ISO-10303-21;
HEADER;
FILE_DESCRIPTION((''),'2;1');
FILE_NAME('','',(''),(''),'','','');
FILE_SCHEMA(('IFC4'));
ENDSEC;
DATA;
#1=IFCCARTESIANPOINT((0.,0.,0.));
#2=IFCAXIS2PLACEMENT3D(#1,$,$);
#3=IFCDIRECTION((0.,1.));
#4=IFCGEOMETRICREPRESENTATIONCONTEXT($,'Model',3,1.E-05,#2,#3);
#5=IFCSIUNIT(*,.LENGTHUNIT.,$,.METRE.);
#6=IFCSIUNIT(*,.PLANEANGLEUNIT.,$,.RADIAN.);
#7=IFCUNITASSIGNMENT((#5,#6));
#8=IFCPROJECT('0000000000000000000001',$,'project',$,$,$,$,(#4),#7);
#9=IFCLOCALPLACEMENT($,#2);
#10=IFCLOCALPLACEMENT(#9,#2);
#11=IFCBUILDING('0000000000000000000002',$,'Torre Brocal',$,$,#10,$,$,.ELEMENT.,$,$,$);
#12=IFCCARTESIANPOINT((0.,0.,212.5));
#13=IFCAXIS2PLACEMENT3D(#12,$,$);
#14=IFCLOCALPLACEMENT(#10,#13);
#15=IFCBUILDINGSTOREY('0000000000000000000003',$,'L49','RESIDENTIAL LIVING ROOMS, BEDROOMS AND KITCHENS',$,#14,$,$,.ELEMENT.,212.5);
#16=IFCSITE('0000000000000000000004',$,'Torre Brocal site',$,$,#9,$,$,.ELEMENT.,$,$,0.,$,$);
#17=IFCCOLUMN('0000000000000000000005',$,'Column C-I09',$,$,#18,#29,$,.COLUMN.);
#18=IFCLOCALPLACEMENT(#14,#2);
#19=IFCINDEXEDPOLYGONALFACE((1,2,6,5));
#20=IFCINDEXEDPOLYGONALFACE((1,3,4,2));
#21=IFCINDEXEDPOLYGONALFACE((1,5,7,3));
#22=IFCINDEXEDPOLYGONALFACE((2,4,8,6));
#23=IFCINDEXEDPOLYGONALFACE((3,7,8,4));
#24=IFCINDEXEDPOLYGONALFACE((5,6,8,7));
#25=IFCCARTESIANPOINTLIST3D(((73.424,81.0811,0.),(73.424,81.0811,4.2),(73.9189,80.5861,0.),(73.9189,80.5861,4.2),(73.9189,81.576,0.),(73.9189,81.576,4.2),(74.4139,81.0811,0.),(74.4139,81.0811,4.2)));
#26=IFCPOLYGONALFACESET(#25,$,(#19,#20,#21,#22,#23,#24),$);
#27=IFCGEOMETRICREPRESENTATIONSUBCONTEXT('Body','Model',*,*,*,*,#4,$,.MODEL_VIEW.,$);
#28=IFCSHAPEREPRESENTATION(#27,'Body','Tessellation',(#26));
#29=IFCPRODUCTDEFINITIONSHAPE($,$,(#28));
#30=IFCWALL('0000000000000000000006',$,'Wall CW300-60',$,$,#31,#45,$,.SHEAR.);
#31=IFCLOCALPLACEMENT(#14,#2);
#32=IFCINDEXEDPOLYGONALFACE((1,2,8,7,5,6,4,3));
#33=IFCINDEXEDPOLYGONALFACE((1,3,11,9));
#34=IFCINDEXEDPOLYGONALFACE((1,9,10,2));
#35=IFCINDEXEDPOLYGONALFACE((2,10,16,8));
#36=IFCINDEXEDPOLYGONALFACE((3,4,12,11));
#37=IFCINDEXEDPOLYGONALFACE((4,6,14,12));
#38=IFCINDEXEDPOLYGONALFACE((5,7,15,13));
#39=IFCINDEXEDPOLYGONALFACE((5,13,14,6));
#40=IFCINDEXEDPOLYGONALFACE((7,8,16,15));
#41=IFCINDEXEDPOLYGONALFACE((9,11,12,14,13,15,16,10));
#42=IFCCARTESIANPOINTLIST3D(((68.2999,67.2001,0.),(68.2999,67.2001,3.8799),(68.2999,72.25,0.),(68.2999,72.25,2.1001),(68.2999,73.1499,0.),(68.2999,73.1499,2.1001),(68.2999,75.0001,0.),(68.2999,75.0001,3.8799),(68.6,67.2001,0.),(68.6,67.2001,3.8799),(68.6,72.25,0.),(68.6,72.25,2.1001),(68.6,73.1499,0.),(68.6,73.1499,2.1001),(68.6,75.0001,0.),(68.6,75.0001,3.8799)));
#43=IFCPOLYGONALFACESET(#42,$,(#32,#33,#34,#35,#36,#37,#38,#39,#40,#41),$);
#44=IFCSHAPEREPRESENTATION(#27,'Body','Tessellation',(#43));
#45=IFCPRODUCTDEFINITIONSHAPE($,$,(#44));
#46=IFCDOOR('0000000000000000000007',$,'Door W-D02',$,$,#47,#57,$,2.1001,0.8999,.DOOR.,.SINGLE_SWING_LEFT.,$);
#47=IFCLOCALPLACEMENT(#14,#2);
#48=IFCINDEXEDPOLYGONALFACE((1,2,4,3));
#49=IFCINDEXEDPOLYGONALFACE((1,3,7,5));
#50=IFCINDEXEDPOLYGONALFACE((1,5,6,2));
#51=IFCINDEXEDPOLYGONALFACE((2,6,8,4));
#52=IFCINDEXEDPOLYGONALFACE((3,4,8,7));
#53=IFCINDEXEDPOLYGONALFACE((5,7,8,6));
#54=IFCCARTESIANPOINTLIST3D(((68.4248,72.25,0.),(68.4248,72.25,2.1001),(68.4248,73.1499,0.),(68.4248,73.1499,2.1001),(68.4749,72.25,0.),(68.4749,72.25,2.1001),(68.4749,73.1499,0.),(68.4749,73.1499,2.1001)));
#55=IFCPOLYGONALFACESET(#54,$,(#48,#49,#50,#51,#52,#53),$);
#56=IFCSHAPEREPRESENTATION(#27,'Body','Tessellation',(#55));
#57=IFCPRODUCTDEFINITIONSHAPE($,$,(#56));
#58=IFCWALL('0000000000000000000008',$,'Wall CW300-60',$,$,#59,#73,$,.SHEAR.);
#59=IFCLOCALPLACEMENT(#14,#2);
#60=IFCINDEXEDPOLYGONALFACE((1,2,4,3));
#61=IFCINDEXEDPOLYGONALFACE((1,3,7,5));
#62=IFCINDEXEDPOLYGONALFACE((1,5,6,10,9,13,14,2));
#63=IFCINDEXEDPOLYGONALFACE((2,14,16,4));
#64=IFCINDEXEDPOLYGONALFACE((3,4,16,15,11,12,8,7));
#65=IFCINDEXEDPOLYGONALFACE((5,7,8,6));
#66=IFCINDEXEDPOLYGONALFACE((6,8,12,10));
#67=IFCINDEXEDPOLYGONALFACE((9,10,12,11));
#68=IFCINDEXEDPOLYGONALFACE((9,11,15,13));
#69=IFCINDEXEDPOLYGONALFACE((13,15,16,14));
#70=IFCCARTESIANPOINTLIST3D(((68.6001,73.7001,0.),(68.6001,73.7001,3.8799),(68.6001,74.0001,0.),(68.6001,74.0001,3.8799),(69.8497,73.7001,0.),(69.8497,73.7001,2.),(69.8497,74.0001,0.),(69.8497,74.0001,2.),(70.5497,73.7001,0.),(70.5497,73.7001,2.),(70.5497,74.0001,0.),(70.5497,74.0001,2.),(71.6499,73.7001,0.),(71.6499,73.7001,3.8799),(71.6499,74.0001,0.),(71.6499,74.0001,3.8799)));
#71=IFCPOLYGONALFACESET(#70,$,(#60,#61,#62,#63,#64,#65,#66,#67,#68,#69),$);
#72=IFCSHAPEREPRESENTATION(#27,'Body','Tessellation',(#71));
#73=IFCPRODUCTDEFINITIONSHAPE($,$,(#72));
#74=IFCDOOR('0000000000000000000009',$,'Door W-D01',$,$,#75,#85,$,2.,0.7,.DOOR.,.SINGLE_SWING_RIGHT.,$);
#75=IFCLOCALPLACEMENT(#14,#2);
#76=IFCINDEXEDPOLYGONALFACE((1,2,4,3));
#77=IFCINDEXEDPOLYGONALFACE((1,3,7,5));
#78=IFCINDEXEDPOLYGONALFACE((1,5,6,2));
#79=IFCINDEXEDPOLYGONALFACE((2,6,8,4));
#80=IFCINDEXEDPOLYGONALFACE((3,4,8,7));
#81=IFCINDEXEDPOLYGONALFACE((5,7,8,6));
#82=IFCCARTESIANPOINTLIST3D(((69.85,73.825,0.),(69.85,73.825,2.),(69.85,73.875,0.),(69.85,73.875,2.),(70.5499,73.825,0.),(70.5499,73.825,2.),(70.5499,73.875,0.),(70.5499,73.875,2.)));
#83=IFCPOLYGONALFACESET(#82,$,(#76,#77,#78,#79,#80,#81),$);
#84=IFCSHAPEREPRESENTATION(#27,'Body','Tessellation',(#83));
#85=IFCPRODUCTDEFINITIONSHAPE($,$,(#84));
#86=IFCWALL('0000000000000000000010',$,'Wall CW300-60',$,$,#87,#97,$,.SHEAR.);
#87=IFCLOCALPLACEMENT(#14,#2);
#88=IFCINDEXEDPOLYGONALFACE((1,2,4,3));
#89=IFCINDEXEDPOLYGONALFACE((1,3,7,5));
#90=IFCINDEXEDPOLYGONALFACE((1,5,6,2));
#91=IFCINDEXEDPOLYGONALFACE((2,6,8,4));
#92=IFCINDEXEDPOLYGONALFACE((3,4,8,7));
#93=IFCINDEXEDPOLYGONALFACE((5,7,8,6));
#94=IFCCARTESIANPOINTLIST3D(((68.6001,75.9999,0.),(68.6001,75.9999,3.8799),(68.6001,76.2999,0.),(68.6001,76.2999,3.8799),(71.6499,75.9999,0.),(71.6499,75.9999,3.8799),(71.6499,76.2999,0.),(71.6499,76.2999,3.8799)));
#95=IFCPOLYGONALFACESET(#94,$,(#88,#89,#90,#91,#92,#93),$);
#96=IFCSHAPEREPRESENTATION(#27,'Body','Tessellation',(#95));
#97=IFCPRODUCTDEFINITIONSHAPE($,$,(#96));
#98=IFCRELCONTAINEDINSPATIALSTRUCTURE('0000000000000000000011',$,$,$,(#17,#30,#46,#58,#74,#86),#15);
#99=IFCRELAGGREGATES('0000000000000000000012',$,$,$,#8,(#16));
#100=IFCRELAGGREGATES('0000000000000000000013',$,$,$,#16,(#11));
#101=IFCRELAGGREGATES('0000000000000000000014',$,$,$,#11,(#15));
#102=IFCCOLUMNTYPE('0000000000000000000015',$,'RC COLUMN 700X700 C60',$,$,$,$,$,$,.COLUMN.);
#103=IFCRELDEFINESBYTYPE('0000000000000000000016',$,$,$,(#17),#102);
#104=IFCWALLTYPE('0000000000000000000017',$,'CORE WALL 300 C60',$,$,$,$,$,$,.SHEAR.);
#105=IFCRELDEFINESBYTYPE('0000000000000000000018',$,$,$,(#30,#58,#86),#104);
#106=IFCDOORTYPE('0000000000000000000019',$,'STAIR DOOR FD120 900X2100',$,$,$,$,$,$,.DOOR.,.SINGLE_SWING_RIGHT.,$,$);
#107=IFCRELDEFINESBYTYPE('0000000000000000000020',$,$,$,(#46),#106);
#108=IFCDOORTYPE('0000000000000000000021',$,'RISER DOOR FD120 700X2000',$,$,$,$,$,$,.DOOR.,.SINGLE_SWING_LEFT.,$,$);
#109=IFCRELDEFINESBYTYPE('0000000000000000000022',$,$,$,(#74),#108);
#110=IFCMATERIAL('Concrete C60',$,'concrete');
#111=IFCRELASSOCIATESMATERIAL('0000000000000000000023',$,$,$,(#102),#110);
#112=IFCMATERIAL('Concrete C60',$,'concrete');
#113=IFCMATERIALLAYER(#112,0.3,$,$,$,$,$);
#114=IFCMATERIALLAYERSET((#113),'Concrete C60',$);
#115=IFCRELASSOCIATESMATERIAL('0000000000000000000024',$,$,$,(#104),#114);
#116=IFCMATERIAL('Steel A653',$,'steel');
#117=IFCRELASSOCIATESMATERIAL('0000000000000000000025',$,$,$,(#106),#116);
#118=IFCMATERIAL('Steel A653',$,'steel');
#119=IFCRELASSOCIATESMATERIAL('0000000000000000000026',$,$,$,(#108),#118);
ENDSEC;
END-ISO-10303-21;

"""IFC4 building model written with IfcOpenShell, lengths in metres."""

from ifc_helpers import new_model, si_unit, direction, frame, frame_2d, origin, origin_2d, place, context, subcontext, project, spatial, rectangle, extrude, material, layer, layer_set, material_profile, profile_set, type_object, element, fill, save


model = new_model("IFC4")

# Units and contexts
model_context = context("Model", 3, precision=1e-05, world=origin(), true_north=direction((0.0, 1.0)))
body_context = subcontext(model_context, "Body", "Model", "MODEL_VIEW")
ifc_project = project(units=[si_unit("LENGTHUNIT", "METRE"), si_unit("PLANEANGLEUNIT", "RADIAN")], contexts=[model_context])

# Site, building, storey
site_placement = place(None, origin())
site = spatial("IfcSite", under=ifc_project, at=site_placement, Name="Torre Brocal site", CompositionType="ELEMENT", RefElevation=0.0)
building_placement = place(site_placement, origin())
building = spatial("IfcBuilding", under=site, at=building_placement, Name="Torre Brocal", CompositionType="ELEMENT")
storey_placement = place(building_placement, frame((0.0, 0.0, 212.5)))
storey = spatial("IfcBuildingStorey", under=building, at=storey_placement, Name="L49", Description="RESIDENTIAL LIVING ROOMS, BEDROOMS AND KITCHENS", CompositionType="ELEMENT", Elevation=212.5)

# Column
ifc_material_1 = material(Name="Concrete C60", Category="concrete")
ifc_material_profile = material_profile(ifc_material_1, rectangle(XDim=0.7, YDim=0.7, at=origin_2d()), Name="RC 700X700")
ifc_profile_set = profile_set([ifc_material_profile], Name="Concrete C60")
column_type = type_object("IfcColumnType", Name="RC COLUMN 700X700 C60", PredefinedType="COLUMN", material=ifc_profile_set)
column_placement = place(storey_placement, frame((73.9189, 81.0811, 0.0), z_axis=(0.0, 0.0, 1.0), x_axis=(-0.707107, 0.707107, 0.0)))
element("IfcColumn", 1, at=column_placement, inside=storey, type_object=column_type, Name="Column C-I09", PredefinedType="COLUMN", context=body_context, shape_type="SweptSolid", body=[
    extrude(rectangle(XDim=0.7, YDim=0.7, at=origin_2d()), origin(), (0.0, 0.0, 1.0), 4.2),
])

# Walls, openings, doors
ifc_material_2 = material(Name="Concrete C60", Category="concrete")
ifc_layer_1 = layer(ifc_material_2, 0.3)
ifc_layer_set_1 = layer_set([ifc_layer_1], Name="Concrete C60")
wall_type_1 = type_object("IfcWallType", Name="CORE WALL 300 C60", PredefinedType="SHEAR", material=ifc_layer_set_1)
wall_1_placement = place(storey_placement, frame((68.45, 75.0, 0.0), z_axis=(0.0, 0.0, 1.0), x_axis=(0.0, -1.0, 0.0)))
wall_1 = element("IfcWall", 2, at=wall_1_placement, inside=storey, type_object=wall_type_1, Name="Wall CW300-60", PredefinedType="SHEAR", context=body_context, shape_type="SweptSolid", body=[
    extrude(rectangle(XDim=7.8, YDim=0.3, at=frame_2d((3.8999, 0.0))), origin(), (0.0, 0.0, 1.0), 3.8799),
])
opening_1_placement = place(wall_1_placement, frame((1.8501, 0.0, 0.0)))
opening_1 = element("IfcOpeningElement", 3, at=opening_1_placement, cuts=wall_1, PredefinedType="OPENING", context=body_context, shape_type="SweptSolid", body=[
    extrude(rectangle(XDim=0.8999, YDim=2.1001, at=frame_2d((0.45, 1.05))), frame((0.0, 0.1599, 0.0), z_axis=(0.0, -1.0, 0.0), x_axis=(1.0, 0.0, 0.0)), (0.0, 0.0, 1.0), 0.3201),
])
ifc_material_3 = material(Name="Steel A653", Category="steel")
door_type_1 = type_object("IfcDoorType", Name="STAIR DOOR FD120 900X2100", OperationType="SINGLE_SWING_RIGHT", PredefinedType="DOOR", material=ifc_material_3)
door_1_placement = place(opening_1_placement, origin())
door_1 = element("IfcDoor", 4, at=door_1_placement, inside=storey, type_object=door_type_1, Name="Door W-D02", OperationType="SINGLE_SWING_LEFT", OverallHeight=2.1001, OverallWidth=0.8999, PredefinedType="DOOR", context=body_context, shape_type="SweptSolid", body=[
    extrude(rectangle(XDim=0.8999, YDim=2.1001, at=frame_2d((0.45, 1.05))), frame((0.0, 0.0249, 0.0), z_axis=(0.0, -1.0, 0.0), x_axis=(1.0, 0.0, 0.0)), (0.0, 0.0, 1.0), 0.05),
])
fill(opening_1, door_1)
wall_2_placement = place(storey_placement, frame((71.6499, 73.8501, 0.0), z_axis=(0.0, 0.0, 1.0), x_axis=(-1.0, 0.0, 0.0)))
wall_2 = element("IfcWall", 5, at=wall_2_placement, inside=storey, type_object=wall_type_1, Name="Wall CW300-60", PredefinedType="SHEAR", context=body_context, shape_type="SweptSolid", body=[
    extrude(rectangle(XDim=3.0498, YDim=0.3, at=frame_2d((1.5249, 0.0))), origin(), (0.0, 0.0, 1.0), 3.8799),
])
opening_2_placement = place(wall_2_placement, frame((1.1001, 0.0, 0.0)))
opening_2 = element("IfcOpeningElement", 6, at=opening_2_placement, cuts=wall_2, PredefinedType="OPENING", context=body_context, shape_type="SweptSolid", body=[
    extrude(rectangle(XDim=0.7, YDim=2.0, at=frame_2d((0.3501, 1.0))), frame((0.0, 0.1599, 0.0), z_axis=(0.0, -1.0, 0.0), x_axis=(1.0, 0.0, 0.0)), (0.0, 0.0, 1.0), 0.3201),
])
ifc_material_4 = material(Name="Steel A653", Category="steel")
door_type_2 = type_object("IfcDoorType", Name="RISER DOOR FD120 700X2000", OperationType="SINGLE_SWING_LEFT", PredefinedType="DOOR", material=ifc_material_4)
door_2_placement = place(opening_2_placement, frame((0.7, 0.0, 0.0), z_axis=(0.0, 0.0, 1.0), x_axis=(-1.0, 0.0, 0.0)))
door_2 = element("IfcDoor", 7, at=door_2_placement, inside=storey, type_object=door_type_2, Name="Door W-D01", OperationType="SINGLE_SWING_RIGHT", OverallHeight=2.0, OverallWidth=0.7, PredefinedType="DOOR", context=body_context, shape_type="SweptSolid", body=[
    extrude(rectangle(XDim=0.7, YDim=2.0, at=frame_2d((0.3501, 1.0))), frame((0.0, 0.0249, 0.0), z_axis=(0.0, -1.0, 0.0), x_axis=(1.0, 0.0, 0.0)), (0.0, 0.0, 1.0), 0.05),
])
fill(opening_2, door_2)

# Wall
wall_3_placement = place(storey_placement, frame((71.6499, 76.1499, 0.0), z_axis=(0.0, 0.0, 1.0), x_axis=(-1.0, 0.0, 0.0)))
element("IfcWall", 8, at=wall_3_placement, inside=storey, type_object=wall_type_1, Name="Wall CW300-60", PredefinedType="SHEAR", context=body_context, shape_type="SweptSolid", body=[
    extrude(rectangle(XDim=3.0498, YDim=0.3, at=frame_2d((1.5249, 0.0))), origin(), (0.0, 0.0, 1.0), 3.8799),
])

save(model, "model.ifc")
